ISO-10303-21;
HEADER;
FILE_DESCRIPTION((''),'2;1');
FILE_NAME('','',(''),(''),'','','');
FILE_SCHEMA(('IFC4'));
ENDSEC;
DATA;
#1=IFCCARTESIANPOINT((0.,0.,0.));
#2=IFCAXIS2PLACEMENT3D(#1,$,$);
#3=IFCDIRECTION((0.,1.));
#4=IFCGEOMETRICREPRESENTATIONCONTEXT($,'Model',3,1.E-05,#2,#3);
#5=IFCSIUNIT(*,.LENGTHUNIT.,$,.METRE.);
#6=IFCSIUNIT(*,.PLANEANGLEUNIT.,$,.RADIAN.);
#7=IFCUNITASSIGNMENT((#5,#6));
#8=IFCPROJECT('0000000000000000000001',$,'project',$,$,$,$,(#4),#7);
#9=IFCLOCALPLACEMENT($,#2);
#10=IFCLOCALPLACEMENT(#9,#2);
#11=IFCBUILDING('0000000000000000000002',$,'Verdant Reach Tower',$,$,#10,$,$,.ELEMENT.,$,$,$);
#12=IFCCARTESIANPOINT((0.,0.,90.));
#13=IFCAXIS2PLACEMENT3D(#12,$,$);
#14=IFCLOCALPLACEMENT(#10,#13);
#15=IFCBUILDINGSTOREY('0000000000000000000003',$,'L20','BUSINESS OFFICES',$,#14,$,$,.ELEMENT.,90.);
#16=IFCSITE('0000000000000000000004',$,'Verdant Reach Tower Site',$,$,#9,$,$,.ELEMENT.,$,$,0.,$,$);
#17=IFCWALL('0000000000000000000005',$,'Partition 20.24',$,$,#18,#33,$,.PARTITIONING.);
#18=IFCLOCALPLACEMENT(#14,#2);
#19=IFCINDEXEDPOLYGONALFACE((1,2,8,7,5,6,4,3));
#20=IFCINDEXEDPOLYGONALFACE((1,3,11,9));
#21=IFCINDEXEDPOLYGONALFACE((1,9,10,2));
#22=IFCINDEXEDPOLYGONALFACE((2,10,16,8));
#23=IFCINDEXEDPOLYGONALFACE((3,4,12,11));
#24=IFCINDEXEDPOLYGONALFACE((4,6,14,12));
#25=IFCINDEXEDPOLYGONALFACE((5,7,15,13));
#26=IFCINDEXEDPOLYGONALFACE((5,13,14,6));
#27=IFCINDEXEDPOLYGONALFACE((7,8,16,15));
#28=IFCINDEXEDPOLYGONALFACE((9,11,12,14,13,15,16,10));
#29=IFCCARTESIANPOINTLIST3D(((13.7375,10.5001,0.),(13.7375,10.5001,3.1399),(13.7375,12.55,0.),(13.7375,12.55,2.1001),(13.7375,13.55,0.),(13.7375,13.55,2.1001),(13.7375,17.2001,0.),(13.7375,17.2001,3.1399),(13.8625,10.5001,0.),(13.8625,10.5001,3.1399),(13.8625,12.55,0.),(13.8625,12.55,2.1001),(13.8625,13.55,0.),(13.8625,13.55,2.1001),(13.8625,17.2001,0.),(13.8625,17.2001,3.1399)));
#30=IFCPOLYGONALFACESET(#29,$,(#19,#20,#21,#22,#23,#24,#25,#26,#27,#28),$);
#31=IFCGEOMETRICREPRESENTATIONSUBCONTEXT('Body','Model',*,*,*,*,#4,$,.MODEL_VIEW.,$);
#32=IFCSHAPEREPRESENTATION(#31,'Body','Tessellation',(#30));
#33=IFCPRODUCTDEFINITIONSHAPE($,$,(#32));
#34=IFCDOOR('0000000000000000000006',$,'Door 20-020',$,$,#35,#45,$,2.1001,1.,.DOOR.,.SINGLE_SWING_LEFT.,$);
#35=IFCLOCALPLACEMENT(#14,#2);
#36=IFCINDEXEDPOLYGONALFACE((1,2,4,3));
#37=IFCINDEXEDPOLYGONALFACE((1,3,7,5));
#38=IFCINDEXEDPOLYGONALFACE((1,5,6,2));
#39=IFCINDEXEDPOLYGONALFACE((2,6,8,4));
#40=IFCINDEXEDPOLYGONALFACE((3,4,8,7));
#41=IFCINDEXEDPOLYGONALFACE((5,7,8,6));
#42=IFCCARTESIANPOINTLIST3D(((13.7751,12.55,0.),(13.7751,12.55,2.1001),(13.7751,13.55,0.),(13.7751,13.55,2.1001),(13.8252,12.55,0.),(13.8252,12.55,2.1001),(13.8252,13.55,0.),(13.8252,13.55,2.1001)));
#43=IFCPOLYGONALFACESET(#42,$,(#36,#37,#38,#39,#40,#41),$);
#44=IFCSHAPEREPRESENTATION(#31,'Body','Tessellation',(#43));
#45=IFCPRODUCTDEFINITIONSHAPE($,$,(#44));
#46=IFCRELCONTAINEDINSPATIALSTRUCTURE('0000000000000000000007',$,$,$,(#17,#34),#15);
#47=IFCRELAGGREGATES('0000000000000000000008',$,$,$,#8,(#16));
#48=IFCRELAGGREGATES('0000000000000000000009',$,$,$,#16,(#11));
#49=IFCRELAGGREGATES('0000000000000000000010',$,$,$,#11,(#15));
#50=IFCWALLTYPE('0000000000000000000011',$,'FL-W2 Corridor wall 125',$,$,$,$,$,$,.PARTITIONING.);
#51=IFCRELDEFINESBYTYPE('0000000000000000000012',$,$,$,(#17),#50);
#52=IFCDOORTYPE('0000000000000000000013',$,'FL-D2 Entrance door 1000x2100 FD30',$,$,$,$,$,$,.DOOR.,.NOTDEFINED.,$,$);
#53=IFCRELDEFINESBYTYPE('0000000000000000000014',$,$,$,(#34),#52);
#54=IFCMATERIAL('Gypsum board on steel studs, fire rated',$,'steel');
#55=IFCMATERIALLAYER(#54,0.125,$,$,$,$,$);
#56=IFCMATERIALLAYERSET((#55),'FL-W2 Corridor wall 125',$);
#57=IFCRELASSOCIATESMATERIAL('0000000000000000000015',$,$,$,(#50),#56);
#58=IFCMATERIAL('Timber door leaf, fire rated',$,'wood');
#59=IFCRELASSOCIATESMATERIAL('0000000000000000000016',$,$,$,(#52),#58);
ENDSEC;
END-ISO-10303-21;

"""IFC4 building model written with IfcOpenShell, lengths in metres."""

from ifc_helpers import new_model, si_unit, direction, frame, frame_2d, origin, place, context, subcontext, project, spatial, rectangle, extrude, material, layer, layer_set, type_object, element, fill, save


model = new_model("IFC4")

# Units and contexts
model_context = context("Model", 3, precision=1e-05, world=origin(), true_north=direction((0.0, 1.0)))
body_context = subcontext(model_context, "Body", "Model", "MODEL_VIEW")
ifc_project = project(units=[si_unit("LENGTHUNIT", "METRE"), si_unit("PLANEANGLEUNIT", "RADIAN")], contexts=[model_context])

# Site, building, storey
site_placement = place(None, origin())
site = spatial("IfcSite", under=ifc_project, at=site_placement, Name="Verdant Reach Tower Site", CompositionType="ELEMENT", RefElevation=0.0)
building_placement = place(site_placement, origin())
building = spatial("IfcBuilding", under=site, at=building_placement, Name="Verdant Reach Tower", CompositionType="ELEMENT")
storey_placement = place(building_placement, frame((0.0, 0.0, 90.0)))
storey = spatial("IfcBuildingStorey", under=building, at=storey_placement, Name="L20", Description="BUSINESS OFFICES", CompositionType="ELEMENT", Elevation=90.0)

# Shared definitions
ifc_material_1 = material(Name="Gypsum board on steel studs, fire rated", Category="steel")
ifc_layer_1 = layer(ifc_material_1, 0.125)
ifc_layer_set_1 = layer_set([ifc_layer_1], Name="FL-W2 Corridor wall 125")
wall_type_1 = type_object("IfcWallType", Name="FL-W2 Corridor wall 125", PredefinedType="PARTITIONING", material=ifc_layer_set_1)
ifc_material_2 = material(Name="Timber door leaf, fire rated", Category="wood")
door_type_1 = type_object("IfcDoorType", Name="FL-D2 Entrance door 1000x2100 FD30", OperationType="NOTDEFINED", PredefinedType="DOOR", material=ifc_material_2)

# Wall, opening, door
wall_1_placement = place(storey_placement, frame((13.8, 10.5, 0.0), z_axis=(0.0, 0.0, 1.0), x_axis=(0.0, 1.0, 0.0)))
wall_1 = element("IfcWall", 1, at=wall_1_placement, inside=storey, type_object=wall_type_1, Name="Partition 20.24", PredefinedType="PARTITIONING", context=body_context, shape_type="SweptSolid", body=[
    extrude(rectangle(XDim=6.7, YDim=0.125, at=frame_2d((3.3501, 0.0))), origin(), (0.0, 0.0, 1.0), 3.1399),
])
opening_1_placement = place(wall_1_placement, frame((2.05, 0.0, 0.0)))
opening_1 = element("IfcOpeningElement", 2, at=opening_1_placement, cuts=wall_1, PredefinedType="OPENING", context=body_context, shape_type="SweptSolid", body=[
    extrude(rectangle(XDim=1.0, YDim=2.1001, at=frame_2d((0.5, 1.05))), frame((0.0, 0.0725, 0.0), z_axis=(0.0, -1.0, 0.0), x_axis=(1.0, 0.0, 0.0)), (0.0, 0.0, 1.0), 0.145),
])
door_1_placement = place(opening_1_placement, origin())
door_1 = element("IfcDoor", 3, at=door_1_placement, inside=storey, type_object=door_type_1, Name="Door 20-020", OperationType="SINGLE_SWING_LEFT", OverallHeight=2.1001, OverallWidth=1.0, PredefinedType="DOOR", context=body_context, shape_type="SweptSolid", body=[
    extrude(rectangle(XDim=1.0, YDim=2.1001, at=frame_2d((0.5, 1.05))), frame((0.0, 0.0249, 0.0), z_axis=(0.0, -1.0, 0.0), x_axis=(1.0, 0.0, 0.0)), (0.0, 0.0, 1.0), 0.05),
])
fill(opening_1, door_1)

save(model, "model.ifc")
